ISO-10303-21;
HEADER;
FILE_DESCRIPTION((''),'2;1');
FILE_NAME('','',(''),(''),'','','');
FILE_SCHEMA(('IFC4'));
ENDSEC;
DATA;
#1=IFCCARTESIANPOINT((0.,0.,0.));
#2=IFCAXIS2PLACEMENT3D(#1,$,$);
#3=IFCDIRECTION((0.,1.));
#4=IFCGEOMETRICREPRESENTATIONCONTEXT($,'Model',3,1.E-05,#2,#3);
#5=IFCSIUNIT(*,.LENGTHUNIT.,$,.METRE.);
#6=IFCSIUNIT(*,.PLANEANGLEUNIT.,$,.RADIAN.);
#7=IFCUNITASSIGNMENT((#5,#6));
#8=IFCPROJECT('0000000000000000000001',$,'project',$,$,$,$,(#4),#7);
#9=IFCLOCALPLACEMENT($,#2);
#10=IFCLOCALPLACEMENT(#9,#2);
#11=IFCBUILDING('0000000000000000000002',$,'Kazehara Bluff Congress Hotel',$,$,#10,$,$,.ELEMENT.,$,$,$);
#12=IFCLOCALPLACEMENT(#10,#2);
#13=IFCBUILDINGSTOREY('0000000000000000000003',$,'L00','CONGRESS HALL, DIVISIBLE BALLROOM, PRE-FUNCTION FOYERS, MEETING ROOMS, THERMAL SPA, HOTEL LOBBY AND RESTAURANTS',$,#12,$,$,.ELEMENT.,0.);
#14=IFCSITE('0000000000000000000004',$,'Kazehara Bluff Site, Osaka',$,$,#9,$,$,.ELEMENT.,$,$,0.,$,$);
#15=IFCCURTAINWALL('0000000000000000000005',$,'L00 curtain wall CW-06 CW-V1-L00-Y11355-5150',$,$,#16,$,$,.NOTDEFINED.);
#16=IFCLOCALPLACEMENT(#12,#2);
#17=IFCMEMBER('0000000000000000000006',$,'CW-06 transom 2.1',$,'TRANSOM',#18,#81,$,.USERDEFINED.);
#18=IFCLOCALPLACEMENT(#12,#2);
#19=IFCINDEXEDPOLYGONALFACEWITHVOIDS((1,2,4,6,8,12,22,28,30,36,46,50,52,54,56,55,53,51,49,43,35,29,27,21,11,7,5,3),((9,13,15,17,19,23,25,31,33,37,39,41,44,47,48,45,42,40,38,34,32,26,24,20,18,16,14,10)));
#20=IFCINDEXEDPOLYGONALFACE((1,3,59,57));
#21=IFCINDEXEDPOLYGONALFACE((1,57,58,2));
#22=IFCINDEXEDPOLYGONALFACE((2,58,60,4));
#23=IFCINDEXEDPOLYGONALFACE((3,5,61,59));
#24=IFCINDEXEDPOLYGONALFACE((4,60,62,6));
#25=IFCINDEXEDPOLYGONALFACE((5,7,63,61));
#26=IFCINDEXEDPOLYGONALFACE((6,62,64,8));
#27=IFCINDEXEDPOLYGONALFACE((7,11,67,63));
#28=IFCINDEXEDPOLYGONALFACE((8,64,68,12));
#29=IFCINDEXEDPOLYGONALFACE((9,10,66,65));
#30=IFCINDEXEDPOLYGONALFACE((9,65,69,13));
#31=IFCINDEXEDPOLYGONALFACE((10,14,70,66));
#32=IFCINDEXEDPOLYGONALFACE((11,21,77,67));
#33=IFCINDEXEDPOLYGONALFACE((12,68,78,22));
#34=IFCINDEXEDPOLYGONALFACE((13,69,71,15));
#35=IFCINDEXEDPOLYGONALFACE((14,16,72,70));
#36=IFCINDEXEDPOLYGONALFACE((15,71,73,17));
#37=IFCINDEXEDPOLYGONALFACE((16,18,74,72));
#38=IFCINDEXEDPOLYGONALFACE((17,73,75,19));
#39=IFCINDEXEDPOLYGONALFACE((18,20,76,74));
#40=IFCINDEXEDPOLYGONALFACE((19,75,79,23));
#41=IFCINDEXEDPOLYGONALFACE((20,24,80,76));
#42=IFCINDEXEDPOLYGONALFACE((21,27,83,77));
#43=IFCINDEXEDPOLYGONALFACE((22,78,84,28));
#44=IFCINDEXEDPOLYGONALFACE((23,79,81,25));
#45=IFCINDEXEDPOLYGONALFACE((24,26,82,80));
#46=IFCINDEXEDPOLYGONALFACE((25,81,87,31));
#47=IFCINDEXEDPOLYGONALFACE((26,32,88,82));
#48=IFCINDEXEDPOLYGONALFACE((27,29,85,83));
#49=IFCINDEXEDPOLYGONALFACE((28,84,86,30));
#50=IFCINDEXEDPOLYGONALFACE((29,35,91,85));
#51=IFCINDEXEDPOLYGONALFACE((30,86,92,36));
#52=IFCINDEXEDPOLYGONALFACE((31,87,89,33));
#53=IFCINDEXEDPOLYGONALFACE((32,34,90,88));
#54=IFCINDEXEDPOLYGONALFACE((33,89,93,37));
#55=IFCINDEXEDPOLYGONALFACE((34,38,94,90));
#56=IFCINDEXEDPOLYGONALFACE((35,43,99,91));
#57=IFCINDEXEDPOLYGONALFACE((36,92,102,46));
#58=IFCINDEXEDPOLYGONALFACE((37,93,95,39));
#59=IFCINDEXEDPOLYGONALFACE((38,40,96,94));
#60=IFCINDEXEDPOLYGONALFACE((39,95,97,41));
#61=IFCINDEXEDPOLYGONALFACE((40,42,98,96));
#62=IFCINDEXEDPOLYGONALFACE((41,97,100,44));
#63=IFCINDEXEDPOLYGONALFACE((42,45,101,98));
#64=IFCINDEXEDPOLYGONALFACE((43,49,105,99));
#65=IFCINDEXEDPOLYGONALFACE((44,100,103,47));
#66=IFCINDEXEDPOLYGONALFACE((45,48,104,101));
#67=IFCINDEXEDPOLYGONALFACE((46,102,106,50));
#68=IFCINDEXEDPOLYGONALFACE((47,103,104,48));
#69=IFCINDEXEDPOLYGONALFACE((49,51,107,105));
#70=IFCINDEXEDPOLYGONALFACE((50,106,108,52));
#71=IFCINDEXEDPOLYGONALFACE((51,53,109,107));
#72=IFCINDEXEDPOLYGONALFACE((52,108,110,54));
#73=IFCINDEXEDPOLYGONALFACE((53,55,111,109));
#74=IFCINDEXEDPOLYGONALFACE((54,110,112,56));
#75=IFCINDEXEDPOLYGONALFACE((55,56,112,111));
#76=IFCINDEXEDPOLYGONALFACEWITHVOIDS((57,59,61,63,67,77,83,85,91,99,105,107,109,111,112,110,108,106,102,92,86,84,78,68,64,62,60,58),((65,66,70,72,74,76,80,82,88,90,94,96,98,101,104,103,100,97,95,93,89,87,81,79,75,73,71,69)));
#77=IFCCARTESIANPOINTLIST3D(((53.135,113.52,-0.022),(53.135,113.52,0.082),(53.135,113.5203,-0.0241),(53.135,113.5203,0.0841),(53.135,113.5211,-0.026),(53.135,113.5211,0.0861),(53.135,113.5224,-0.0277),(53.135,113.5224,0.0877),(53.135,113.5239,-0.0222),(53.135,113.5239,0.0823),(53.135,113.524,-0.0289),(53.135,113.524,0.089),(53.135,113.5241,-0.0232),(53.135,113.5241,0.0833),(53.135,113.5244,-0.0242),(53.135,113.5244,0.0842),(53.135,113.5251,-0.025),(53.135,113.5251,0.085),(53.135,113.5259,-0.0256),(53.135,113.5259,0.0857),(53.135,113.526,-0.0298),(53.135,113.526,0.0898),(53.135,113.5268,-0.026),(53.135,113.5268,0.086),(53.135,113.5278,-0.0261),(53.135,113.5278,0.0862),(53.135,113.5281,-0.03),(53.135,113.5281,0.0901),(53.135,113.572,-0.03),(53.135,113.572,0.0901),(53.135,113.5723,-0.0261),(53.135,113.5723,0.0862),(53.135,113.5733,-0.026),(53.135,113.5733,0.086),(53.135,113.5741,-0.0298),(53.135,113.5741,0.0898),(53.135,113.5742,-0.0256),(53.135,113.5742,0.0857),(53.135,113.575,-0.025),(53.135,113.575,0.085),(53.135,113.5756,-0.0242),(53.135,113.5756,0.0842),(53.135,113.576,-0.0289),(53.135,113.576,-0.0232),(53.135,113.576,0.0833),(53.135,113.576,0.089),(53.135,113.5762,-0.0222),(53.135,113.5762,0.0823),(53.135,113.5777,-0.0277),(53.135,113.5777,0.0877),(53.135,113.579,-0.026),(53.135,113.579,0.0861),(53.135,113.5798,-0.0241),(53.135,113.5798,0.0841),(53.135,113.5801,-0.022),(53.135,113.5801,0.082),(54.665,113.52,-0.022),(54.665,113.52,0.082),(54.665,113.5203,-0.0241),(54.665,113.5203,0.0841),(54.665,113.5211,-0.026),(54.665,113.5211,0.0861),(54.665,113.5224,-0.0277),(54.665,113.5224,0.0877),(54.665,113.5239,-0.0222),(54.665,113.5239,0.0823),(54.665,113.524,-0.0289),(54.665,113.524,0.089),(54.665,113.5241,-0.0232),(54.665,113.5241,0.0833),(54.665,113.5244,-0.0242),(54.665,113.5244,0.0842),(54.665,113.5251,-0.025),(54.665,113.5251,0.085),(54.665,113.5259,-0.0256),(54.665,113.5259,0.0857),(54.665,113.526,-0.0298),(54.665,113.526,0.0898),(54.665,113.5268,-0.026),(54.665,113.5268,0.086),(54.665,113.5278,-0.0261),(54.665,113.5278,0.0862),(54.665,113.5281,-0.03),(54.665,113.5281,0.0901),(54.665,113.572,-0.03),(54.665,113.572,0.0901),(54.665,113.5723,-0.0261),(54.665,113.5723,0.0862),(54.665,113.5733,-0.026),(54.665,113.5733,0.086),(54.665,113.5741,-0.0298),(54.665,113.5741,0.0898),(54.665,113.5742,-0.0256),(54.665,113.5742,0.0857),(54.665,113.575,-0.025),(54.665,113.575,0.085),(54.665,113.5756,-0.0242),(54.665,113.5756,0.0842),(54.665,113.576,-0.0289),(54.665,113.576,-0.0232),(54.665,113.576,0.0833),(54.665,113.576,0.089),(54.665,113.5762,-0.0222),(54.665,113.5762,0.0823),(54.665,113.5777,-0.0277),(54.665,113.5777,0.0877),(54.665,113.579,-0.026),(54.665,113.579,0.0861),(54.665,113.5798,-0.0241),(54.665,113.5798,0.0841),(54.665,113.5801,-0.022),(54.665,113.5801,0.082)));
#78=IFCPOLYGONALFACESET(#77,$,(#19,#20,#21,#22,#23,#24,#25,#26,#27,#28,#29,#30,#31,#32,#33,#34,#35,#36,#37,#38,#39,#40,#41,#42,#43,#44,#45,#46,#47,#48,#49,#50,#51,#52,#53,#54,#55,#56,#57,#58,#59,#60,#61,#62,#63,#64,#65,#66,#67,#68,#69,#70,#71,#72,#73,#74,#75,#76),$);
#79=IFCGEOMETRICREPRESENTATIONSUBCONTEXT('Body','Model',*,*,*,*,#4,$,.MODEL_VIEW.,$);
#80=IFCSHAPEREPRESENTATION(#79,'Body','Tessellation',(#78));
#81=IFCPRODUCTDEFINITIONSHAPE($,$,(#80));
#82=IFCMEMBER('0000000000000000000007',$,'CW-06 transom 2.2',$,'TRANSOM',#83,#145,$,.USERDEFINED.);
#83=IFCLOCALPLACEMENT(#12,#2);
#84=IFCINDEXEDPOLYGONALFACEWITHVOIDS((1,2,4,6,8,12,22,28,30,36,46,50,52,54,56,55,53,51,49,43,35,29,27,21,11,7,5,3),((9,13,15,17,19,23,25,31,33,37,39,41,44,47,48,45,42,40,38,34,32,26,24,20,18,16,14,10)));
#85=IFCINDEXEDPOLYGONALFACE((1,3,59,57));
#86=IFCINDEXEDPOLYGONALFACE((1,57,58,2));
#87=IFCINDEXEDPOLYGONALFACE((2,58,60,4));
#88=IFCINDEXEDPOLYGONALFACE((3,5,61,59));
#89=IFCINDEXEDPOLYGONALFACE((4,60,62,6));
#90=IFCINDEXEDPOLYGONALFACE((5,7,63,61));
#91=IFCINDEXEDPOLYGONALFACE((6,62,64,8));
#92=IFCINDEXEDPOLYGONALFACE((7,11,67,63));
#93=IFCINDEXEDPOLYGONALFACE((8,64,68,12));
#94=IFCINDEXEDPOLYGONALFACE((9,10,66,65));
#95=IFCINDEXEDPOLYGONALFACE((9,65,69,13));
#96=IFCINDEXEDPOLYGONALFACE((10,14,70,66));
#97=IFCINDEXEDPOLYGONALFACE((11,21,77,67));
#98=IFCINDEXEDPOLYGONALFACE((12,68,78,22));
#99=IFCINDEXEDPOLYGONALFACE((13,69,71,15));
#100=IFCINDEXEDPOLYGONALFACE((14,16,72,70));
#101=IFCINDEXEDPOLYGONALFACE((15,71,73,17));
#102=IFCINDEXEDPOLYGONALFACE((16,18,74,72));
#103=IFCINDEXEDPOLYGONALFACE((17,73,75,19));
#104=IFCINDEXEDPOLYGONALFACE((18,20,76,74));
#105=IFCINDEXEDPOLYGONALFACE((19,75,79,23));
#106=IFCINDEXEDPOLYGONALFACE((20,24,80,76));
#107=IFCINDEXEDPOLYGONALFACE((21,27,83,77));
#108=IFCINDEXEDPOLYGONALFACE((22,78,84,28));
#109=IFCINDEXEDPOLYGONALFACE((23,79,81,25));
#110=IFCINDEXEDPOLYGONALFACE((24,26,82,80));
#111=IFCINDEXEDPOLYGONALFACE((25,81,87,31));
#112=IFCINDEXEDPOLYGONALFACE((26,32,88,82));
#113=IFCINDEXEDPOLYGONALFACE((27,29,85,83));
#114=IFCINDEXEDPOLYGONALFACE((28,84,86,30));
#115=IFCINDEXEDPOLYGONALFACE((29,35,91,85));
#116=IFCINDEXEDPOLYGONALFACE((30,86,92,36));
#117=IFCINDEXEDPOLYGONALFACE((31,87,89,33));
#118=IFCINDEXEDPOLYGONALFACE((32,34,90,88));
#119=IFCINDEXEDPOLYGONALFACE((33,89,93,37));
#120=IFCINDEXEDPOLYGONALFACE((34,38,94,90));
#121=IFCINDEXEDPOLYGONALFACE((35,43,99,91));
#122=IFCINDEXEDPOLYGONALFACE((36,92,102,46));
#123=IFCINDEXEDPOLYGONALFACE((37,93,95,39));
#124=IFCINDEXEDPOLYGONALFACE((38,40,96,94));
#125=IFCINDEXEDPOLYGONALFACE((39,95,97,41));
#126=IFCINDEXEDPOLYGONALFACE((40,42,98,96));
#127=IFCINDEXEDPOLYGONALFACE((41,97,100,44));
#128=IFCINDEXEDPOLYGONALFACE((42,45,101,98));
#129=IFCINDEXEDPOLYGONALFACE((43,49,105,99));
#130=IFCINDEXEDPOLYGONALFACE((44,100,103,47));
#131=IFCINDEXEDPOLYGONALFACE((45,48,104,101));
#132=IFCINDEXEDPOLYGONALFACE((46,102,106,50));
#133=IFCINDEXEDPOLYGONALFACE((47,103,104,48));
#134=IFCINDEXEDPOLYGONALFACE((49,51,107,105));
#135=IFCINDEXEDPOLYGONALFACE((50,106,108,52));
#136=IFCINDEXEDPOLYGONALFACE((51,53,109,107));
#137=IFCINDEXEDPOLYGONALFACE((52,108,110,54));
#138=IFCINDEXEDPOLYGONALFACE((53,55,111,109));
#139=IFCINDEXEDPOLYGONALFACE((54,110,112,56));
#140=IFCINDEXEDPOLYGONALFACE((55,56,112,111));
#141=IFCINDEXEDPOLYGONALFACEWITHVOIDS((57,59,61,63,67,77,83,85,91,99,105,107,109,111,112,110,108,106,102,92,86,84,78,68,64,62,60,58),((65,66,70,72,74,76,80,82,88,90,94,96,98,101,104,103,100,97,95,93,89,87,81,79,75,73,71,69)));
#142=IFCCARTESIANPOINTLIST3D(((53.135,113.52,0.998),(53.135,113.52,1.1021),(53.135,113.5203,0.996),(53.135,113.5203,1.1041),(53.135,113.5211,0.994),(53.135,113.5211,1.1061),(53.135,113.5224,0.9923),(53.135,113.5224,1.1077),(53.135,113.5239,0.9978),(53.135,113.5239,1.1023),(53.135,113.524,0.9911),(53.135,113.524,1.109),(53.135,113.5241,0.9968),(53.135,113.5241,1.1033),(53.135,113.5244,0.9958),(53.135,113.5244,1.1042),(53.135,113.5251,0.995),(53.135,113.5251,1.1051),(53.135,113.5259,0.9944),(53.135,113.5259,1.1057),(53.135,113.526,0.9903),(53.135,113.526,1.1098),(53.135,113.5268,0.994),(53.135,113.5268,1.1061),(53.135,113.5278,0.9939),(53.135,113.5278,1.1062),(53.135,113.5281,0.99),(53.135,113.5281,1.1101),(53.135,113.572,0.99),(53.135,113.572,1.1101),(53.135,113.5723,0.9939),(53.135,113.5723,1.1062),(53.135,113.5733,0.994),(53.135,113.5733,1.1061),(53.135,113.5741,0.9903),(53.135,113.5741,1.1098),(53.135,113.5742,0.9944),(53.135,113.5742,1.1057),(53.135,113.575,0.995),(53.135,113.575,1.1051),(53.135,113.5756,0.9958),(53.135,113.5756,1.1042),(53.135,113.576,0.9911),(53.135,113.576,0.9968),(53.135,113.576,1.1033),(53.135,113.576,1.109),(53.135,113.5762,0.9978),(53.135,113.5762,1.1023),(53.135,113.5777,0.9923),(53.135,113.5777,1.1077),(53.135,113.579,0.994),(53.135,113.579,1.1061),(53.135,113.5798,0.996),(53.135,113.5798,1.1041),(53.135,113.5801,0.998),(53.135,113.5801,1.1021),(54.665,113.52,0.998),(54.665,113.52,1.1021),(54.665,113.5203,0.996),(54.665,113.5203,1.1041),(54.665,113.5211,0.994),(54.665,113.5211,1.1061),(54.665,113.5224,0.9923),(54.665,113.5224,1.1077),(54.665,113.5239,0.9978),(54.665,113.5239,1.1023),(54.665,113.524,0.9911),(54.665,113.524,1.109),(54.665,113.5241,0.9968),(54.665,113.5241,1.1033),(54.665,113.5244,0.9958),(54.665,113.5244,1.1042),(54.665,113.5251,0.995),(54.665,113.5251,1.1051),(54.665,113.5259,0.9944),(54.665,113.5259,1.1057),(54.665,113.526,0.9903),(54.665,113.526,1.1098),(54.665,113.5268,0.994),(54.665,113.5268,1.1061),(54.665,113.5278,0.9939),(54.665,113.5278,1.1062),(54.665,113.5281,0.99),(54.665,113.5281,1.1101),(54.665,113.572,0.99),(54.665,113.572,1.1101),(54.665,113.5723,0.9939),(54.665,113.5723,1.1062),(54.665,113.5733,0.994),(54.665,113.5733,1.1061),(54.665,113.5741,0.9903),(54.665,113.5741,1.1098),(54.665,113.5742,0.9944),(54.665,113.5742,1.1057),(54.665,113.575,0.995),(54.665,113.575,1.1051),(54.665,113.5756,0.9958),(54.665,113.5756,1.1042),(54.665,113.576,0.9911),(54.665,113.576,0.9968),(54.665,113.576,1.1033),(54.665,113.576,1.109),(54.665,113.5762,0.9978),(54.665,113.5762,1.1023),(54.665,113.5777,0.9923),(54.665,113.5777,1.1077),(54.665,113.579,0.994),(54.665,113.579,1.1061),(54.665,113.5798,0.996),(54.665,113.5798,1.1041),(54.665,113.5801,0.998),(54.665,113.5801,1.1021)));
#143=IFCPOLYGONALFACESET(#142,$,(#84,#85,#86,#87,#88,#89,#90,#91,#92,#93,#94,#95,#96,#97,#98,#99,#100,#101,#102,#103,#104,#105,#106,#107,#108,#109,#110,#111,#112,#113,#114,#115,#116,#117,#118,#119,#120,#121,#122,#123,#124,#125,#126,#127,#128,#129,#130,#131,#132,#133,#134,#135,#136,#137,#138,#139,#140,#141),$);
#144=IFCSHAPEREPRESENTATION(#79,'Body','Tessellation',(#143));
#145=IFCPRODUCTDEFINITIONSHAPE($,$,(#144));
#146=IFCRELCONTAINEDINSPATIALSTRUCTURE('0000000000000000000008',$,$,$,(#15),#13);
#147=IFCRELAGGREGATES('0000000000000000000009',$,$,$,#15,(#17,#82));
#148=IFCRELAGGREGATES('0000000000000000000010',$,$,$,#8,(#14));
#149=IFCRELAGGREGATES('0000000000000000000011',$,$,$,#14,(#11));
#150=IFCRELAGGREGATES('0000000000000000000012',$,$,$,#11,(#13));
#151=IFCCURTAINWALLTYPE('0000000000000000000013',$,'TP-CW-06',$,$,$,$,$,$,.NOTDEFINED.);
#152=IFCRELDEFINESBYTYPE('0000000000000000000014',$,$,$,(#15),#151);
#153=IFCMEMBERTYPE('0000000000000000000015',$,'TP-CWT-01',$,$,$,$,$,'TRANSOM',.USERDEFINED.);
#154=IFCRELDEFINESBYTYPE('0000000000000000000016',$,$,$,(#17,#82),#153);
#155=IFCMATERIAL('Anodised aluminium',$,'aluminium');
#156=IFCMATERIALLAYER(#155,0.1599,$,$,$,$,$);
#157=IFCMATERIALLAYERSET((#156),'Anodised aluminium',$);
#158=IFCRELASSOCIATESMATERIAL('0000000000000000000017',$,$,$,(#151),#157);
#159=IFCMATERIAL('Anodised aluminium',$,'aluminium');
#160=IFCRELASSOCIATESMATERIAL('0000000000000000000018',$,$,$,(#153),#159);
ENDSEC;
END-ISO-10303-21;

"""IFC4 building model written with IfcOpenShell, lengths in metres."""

from ifc_helpers import new_model, si_unit, direction, frame, origin, origin_2d, place, context, subcontext, project, spatial, hollow_rectangle, extrude, material, layer, layer_set, material_profile, profile_set, type_object, element, aggregate, save


model = new_model("IFC4")

# Units and contexts
model_context = context("Model", 3, precision=1e-05, world=origin(), true_north=direction((0.0, 1.0)))
body_context = subcontext(model_context, "Body", "Model", "MODEL_VIEW")
ifc_project = project(units=[si_unit("LENGTHUNIT", "METRE"), si_unit("PLANEANGLEUNIT", "RADIAN")], contexts=[model_context])

# Site, building, storey
site_placement = place(None, origin())
site = spatial("IfcSite", under=ifc_project, at=site_placement, Name="Kazehara Bluff Site, Osaka", CompositionType="ELEMENT", RefElevation=0.0)
building_placement = place(site_placement, origin())
building = spatial("IfcBuilding", under=site, at=building_placement, Name="Kazehara Bluff Congress Hotel", CompositionType="ELEMENT")
storey_placement = place(building_placement, origin())
storey = spatial("IfcBuildingStorey", under=building, at=storey_placement, Name="L00", Description="CONGRESS HALL, DIVISIBLE BALLROOM, PRE-FUNCTION FOYERS, MEETING ROOMS, THERMAL SPA, HOTEL LOBBY AND RESTAURANTS", CompositionType="ELEMENT", Elevation=0.0)

# Curtain wall, members
ifc_material_1 = material(Name="Anodised aluminium", Category="aluminium")
ifc_layer_1 = layer(ifc_material_1, 0.1599)
ifc_layer_set_1 = layer_set([ifc_layer_1], Name="Anodised aluminium")
curtain_wall_type = type_object("IfcCurtainWallType", Name="TP-CW-06", PredefinedType="NOTDEFINED", material=ifc_layer_set_1)
curtain_wall_placement = place(storey_placement, origin())
curtain_wall = element("IfcCurtainWall", 1, at=curtain_wall_placement, inside=storey, type_object=curtain_wall_type, Name="L00 curtain wall CW-06 CW-V1-L00-Y11355-5150", PredefinedType="NOTDEFINED")
ifc_material_2 = material(Name="Anodised aluminium", Category="aluminium")
ifc_material_profile_1 = material_profile(ifc_material_2, hollow_rectangle(XDim=0.0601, YDim=0.1201, WallThickness=0.0039, InnerFilletRadius=0.0039, OuterFilletRadius=0.0081, at=origin_2d()))
ifc_profile_set_1 = profile_set([ifc_material_profile_1], Name="Anodised aluminium")
member_type_1 = type_object("IfcMemberType", Name="TP-CWT-01", ElementType="TRANSOM", PredefinedType="USERDEFINED", material=ifc_profile_set_1)
member_1_placement = place(storey_placement, frame((53.135, 113.55, 0.03), z_axis=(1.0, 0.0, 0.0), x_axis=(0.0, 1.0, 0.0)))
member_1 = element("IfcMember", 2, at=member_1_placement, type_object=member_type_1, Name="CW-06 transom 2.1", ObjectType="TRANSOM", PredefinedType="USERDEFINED", context=body_context, shape_type="SweptSolid", body=[
    extrude(hollow_rectangle(XDim=0.0601, YDim=0.1201, WallThickness=0.0039, InnerFilletRadius=0.0039, OuterFilletRadius=0.0081, at=origin_2d()), origin(), (0.0, 0.0, 1.0), 1.53),
])
member_2_placement = place(storey_placement, frame((53.135, 113.55, 1.05), z_axis=(1.0, 0.0, 0.0), x_axis=(0.0, 1.0, 0.0)))
member_2 = element("IfcMember", 3, at=member_2_placement, type_object=member_type_1, Name="CW-06 transom 2.2", ObjectType="TRANSOM", PredefinedType="USERDEFINED", context=body_context, shape_type="SweptSolid", body=[
    extrude(hollow_rectangle(XDim=0.0601, YDim=0.1201, WallThickness=0.0039, InnerFilletRadius=0.0039, OuterFilletRadius=0.0081, at=origin_2d()), origin(), (0.0, 0.0, 1.0), 1.53),
])
aggregate(curtain_wall, [member_1, member_2])

save(model, "model.ifc")
